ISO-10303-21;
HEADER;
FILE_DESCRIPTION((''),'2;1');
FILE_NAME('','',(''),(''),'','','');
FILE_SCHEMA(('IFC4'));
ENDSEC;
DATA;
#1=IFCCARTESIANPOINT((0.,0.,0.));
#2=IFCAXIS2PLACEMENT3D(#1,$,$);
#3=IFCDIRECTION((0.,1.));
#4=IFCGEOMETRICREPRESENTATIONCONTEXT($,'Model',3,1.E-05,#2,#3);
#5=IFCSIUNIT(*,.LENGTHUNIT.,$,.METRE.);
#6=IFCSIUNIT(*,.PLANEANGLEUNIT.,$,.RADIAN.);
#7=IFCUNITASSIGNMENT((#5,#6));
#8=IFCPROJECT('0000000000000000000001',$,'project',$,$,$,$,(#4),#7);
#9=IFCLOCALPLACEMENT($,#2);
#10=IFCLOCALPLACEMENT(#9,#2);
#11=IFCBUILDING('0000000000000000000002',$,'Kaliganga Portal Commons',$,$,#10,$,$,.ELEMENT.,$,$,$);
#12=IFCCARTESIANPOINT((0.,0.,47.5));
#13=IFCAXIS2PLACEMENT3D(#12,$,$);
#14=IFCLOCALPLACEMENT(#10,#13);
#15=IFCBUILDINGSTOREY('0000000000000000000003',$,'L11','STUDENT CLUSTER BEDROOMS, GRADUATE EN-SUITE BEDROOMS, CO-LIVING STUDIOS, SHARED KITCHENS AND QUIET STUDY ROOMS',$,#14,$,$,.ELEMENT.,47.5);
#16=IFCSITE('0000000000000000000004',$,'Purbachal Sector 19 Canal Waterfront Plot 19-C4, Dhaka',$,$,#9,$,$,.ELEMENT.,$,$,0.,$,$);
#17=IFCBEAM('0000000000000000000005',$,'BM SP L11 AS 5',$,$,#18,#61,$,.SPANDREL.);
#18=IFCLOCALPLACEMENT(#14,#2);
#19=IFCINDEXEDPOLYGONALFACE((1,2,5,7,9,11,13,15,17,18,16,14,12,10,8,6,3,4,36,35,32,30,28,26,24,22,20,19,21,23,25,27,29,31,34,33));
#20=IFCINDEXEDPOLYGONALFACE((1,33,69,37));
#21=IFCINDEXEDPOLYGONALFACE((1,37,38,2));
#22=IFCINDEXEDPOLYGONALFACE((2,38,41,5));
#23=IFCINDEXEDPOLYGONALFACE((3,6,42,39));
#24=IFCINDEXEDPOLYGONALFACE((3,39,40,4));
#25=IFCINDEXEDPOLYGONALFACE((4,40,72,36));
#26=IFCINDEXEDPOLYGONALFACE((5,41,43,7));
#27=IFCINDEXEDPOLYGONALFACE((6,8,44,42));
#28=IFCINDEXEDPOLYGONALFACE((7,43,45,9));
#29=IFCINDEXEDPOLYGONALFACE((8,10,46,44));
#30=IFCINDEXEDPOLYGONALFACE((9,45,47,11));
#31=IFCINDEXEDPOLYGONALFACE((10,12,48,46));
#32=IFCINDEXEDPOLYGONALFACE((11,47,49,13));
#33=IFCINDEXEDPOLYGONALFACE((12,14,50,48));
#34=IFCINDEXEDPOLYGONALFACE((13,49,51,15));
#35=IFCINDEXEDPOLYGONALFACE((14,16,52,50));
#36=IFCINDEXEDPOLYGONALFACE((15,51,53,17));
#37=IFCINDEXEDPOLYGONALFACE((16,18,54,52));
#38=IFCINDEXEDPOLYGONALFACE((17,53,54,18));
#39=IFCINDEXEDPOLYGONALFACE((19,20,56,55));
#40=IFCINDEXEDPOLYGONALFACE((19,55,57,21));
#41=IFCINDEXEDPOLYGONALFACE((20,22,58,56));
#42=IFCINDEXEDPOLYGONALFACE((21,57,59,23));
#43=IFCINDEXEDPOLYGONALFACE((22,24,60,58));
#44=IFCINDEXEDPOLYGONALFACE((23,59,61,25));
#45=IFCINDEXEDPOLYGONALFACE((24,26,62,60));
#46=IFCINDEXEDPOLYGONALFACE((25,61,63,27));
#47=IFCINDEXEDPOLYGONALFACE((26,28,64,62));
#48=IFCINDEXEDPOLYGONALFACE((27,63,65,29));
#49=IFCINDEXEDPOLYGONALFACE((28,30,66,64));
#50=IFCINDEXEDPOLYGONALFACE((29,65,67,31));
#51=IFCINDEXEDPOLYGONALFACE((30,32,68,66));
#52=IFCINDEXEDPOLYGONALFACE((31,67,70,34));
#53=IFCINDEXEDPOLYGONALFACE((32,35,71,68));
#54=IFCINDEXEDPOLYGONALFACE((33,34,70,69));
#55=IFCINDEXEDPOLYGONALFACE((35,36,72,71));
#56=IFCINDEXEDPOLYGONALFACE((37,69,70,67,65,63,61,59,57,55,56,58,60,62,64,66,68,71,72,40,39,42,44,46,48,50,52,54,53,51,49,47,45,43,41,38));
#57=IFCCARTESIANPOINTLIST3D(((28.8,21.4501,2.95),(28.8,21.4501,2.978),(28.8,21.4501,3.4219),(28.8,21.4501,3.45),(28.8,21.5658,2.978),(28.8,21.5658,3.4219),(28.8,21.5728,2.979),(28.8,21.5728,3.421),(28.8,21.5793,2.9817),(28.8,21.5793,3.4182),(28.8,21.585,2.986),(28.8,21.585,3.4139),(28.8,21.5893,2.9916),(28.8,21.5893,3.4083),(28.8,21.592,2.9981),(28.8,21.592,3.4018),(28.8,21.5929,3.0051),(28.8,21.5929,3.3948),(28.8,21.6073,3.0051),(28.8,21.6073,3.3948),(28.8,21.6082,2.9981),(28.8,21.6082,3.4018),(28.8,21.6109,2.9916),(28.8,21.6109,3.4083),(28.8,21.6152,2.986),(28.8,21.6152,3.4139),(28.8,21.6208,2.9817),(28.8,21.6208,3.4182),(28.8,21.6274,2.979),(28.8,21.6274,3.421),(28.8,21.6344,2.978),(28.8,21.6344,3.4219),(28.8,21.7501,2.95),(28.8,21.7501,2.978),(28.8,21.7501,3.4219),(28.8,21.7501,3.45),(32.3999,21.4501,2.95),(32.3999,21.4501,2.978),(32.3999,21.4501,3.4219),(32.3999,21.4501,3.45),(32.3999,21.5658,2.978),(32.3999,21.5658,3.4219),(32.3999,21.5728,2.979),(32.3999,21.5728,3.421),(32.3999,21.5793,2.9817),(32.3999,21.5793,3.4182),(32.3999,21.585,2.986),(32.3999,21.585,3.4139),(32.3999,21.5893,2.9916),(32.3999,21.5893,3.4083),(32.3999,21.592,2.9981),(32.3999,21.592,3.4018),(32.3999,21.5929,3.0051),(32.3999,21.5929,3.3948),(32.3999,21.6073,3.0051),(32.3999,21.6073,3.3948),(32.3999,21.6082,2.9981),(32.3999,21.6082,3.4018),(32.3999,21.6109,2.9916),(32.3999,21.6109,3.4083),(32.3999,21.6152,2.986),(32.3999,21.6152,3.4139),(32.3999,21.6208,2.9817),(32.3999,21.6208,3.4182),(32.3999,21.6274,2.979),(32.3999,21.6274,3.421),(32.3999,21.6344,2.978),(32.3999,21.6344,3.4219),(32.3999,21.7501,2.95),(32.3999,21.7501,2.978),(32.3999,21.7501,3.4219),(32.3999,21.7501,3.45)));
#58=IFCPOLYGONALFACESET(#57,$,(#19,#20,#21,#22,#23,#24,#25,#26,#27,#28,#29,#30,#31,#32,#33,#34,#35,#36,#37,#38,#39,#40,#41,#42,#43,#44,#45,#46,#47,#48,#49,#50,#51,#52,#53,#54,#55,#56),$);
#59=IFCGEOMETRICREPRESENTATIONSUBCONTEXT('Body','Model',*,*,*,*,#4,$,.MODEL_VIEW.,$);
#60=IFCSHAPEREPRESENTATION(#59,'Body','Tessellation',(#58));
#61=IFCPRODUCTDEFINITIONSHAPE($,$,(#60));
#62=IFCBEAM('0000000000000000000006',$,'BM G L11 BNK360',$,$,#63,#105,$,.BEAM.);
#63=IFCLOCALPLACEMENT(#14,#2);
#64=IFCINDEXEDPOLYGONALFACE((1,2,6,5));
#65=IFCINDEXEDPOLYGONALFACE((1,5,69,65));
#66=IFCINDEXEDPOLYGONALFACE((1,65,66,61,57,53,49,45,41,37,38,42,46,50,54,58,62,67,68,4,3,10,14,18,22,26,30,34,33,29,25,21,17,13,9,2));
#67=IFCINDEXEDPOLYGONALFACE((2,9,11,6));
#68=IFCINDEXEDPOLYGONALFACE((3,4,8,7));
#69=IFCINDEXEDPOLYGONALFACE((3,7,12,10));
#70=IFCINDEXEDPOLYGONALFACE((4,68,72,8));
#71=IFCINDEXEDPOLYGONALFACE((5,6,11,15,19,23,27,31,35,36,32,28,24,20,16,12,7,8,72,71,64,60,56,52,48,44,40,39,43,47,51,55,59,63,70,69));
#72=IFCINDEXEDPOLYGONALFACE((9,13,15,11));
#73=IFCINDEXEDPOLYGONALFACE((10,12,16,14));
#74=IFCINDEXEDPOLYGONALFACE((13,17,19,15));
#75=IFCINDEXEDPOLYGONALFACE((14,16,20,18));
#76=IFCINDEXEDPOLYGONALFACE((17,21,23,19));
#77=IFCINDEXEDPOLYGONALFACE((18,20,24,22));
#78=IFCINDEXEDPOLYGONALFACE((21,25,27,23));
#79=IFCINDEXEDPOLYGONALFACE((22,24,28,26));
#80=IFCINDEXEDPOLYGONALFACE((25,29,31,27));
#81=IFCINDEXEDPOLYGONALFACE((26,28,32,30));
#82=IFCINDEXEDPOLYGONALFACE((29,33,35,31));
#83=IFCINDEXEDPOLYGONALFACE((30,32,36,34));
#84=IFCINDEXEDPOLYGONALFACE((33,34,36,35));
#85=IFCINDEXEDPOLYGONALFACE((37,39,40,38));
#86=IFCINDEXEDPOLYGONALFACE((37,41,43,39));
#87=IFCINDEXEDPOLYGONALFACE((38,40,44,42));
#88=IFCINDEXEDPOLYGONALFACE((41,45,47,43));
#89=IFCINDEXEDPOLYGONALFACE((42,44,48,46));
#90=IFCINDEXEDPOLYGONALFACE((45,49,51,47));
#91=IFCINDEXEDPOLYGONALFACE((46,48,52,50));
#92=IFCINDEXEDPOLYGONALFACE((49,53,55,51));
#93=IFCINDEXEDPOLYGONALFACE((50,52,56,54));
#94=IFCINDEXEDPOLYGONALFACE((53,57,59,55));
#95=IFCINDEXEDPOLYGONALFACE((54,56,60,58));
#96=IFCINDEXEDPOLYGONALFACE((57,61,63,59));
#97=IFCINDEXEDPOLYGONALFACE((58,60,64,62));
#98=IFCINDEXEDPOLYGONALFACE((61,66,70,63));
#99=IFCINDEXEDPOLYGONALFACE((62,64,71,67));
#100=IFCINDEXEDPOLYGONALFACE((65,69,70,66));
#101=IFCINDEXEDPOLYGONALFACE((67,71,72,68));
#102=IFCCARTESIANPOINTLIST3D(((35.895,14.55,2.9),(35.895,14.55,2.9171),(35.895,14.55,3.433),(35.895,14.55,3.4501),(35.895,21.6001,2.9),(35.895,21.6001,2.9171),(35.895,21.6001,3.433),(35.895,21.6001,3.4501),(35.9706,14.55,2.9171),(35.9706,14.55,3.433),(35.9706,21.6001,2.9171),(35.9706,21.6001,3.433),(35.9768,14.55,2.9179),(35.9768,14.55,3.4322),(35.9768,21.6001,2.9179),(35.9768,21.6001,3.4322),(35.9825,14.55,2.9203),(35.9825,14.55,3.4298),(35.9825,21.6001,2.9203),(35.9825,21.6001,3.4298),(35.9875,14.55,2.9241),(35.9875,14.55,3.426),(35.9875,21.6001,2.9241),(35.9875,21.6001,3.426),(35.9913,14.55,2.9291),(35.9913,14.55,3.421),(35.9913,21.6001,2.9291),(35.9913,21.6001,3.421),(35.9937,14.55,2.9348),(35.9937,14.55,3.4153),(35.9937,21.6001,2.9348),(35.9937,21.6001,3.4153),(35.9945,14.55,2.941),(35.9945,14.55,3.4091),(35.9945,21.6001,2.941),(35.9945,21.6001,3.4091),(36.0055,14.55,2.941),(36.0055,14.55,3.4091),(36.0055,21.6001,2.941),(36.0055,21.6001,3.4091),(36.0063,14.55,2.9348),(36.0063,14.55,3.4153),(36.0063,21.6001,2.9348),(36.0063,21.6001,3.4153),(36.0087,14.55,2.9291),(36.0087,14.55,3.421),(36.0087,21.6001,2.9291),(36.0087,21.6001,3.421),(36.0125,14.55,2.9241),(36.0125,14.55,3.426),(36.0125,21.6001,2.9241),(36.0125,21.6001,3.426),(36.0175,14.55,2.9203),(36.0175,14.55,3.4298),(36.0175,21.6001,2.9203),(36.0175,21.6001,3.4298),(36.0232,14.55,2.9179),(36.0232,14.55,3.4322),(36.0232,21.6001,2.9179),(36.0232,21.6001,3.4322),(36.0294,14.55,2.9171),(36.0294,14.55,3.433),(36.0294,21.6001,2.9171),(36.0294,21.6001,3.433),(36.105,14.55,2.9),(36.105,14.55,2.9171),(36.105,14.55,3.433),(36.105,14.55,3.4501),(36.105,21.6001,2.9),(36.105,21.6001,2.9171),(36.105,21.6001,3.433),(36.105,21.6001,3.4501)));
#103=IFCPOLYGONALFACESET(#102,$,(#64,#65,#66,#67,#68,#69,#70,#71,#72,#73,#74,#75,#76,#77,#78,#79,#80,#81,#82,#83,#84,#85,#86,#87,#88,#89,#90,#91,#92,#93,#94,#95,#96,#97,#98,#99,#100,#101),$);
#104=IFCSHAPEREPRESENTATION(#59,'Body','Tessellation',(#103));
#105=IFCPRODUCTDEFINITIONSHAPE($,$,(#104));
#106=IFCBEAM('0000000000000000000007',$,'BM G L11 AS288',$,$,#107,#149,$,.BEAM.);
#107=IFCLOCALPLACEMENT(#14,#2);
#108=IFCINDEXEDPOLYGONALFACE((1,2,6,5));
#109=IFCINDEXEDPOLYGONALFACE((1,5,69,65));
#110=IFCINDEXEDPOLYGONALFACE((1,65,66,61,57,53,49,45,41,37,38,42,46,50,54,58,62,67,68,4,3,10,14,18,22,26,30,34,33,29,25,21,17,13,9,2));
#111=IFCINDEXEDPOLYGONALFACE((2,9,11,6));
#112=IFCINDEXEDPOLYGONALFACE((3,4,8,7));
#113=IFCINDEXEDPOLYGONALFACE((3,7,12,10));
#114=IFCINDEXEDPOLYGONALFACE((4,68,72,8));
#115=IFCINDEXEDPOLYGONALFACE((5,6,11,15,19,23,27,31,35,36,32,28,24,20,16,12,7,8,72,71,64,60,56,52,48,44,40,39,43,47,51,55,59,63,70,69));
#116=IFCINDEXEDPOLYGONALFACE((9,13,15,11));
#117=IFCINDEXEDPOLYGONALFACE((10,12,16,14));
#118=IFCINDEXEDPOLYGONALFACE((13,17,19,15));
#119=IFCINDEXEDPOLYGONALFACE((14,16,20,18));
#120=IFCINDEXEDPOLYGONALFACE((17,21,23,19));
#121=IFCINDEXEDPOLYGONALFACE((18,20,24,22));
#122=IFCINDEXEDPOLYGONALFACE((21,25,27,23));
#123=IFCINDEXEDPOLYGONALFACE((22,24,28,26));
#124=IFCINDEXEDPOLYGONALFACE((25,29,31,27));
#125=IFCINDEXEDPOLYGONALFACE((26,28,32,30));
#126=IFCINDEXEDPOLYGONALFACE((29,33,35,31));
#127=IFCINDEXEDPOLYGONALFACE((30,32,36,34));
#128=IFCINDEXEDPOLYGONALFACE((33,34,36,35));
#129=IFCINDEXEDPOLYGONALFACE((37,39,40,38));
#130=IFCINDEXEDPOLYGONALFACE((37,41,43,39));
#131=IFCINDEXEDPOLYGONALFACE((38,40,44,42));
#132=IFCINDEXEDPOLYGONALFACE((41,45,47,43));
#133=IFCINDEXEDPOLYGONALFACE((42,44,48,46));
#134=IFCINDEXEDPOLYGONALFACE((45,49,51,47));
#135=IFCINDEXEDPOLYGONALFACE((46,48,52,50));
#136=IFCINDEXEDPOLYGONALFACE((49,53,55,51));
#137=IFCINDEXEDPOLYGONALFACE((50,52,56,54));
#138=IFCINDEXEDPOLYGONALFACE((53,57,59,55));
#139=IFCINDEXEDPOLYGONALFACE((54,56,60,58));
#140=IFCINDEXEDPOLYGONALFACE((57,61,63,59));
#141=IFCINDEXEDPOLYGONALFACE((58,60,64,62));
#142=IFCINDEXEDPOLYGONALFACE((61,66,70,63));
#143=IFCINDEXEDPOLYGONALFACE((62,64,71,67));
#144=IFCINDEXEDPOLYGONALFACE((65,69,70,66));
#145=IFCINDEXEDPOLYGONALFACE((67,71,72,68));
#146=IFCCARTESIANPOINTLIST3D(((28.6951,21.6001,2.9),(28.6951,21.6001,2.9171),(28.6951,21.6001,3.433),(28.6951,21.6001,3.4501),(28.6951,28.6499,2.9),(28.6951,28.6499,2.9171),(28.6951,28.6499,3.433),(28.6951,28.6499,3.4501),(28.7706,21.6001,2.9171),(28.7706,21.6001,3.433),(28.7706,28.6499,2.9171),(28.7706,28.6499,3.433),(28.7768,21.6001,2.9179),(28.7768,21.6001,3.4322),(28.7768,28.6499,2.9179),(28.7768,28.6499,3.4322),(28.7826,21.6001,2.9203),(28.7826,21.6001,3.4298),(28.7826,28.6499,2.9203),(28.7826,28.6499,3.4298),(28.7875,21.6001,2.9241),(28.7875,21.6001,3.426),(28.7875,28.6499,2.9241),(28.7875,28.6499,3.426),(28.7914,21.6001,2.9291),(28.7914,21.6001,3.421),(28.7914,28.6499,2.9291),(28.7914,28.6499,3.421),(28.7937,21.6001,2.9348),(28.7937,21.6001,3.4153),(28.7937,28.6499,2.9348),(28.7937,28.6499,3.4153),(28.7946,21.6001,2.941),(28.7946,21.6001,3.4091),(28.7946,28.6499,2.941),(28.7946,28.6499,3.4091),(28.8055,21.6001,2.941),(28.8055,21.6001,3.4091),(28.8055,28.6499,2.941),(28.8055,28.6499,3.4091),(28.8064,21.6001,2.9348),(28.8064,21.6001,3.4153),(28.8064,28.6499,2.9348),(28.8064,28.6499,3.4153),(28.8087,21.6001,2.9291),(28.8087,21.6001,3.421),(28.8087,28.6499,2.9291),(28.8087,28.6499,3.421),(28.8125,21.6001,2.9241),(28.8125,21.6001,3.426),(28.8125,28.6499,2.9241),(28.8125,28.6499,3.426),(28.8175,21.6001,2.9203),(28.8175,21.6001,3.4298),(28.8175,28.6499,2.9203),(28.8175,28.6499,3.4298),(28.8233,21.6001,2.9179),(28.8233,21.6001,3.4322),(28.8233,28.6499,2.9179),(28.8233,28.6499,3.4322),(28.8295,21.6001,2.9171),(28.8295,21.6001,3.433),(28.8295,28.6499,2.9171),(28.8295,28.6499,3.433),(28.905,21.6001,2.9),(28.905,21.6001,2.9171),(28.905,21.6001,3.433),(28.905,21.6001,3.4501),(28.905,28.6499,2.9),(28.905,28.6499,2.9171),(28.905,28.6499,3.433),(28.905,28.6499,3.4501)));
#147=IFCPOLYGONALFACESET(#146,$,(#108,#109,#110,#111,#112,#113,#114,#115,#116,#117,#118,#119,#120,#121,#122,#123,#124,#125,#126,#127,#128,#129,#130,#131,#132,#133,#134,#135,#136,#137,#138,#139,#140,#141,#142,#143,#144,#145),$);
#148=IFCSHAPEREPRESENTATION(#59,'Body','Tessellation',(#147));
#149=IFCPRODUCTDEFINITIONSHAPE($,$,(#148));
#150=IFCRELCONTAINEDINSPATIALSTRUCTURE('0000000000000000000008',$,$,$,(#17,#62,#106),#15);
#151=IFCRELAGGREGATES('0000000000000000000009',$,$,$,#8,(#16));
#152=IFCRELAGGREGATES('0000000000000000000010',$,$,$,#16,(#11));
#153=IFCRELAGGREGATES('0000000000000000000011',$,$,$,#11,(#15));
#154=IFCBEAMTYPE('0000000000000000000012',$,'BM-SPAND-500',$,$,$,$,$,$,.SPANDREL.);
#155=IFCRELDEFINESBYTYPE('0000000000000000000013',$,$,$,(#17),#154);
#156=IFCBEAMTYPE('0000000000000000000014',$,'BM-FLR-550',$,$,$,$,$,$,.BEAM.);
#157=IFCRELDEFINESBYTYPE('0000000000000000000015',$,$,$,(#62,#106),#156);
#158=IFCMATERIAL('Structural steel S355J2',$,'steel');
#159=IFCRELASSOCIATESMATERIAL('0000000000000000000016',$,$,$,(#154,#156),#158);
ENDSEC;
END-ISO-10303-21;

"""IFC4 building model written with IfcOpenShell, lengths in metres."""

from ifc_helpers import new_model, si_unit, direction, frame, origin, origin_2d, place, context, subcontext, project, spatial, i_section, extrude, source, transform, mapped, material, material_profile, profile_set, type_object, element, save


model = new_model("IFC4")

# Units and contexts
model_context = context("Model", 3, precision=1e-05, world=origin(), true_north=direction((0.0, 1.0)))
body_context = subcontext(model_context, "Body", "Model", "MODEL_VIEW")
ifc_project = project(units=[si_unit("LENGTHUNIT", "METRE"), si_unit("PLANEANGLEUNIT", "RADIAN")], contexts=[model_context])

# Site, building, storey
site_placement = place(None, origin())
site = spatial("IfcSite", under=ifc_project, at=site_placement, Name="Purbachal Sector 19 Canal Waterfront Plot 19-C4, Dhaka", CompositionType="ELEMENT", RefElevation=0.0)
building_placement = place(site_placement, origin())
building = spatial("IfcBuilding", under=site, at=building_placement, Name="Kaliganga Portal Commons", CompositionType="ELEMENT")
storey_placement = place(building_placement, frame((0.0, 0.0, 47.5)))
storey = spatial("IfcBuildingStorey", under=building, at=storey_placement, Name="L11", Description="STUDENT CLUSTER BEDROOMS, GRADUATE EN-SUITE BEDROOMS, CO-LIVING STUDIOS, SHARED KITCHENS AND QUIET STUDY ROOMS", CompositionType="ELEMENT", Elevation=47.5)

# Beams
ifc_material_1 = material(Name="Structural steel S355J2", Category="steel")
ifc_material_profile_1 = material_profile(ifc_material_1, i_section(OverallWidth=0.3, OverallDepth=0.5, WebThickness=0.0144, FlangeThickness=0.0281, FilletRadius=0.0271, at=origin_2d()), Name="HE 500 B")
ifc_profile_set_1 = profile_set([ifc_material_profile_1], Name="Structural steel S355J2 wide-flange")
beam_type_1 = type_object("IfcBeamType", Name="BM-SPAND-500", PredefinedType="SPANDREL", material=ifc_profile_set_1)
shared_shape_1 = source(origin(), body_context, "Body", "SweptSolid", [
    extrude(i_section(OverallWidth=0.3, OverallDepth=0.5, WebThickness=0.0144, FlangeThickness=0.0281, FilletRadius=0.0271, at=origin_2d()), origin(), (0.0, 0.0, 1.0), 3.5999),
])
beam_1_placement = place(storey_placement, frame((28.8, 21.6001, 3.2), z_axis=(1.0, 0.0, 0.0), x_axis=(0.0, 1.0, 0.0)))
element("IfcBeam", 1, at=beam_1_placement, inside=storey, type_object=beam_type_1, Name="BM SP L11 AS 5", PredefinedType="SPANDREL", context=body_context, shape_type="MappedRepresentation", body=[
    mapped(shared_shape_1, transform((0.0, 0.0, 0.0), x_axis=(1.0, 0.0, 0.0), y_axis=(0.0, 1.0, 0.0), z_axis=(0.0, 0.0, 1.0), scale=1.0)),
])
ifc_material_profile_2 = material_profile(ifc_material_1, i_section(OverallWidth=0.21, OverallDepth=0.55, WebThickness=0.011, FlangeThickness=0.0171, FilletRadius=0.0239, at=origin_2d()), Name="IPE 550")
ifc_profile_set_2 = profile_set([ifc_material_profile_2], Name="Structural steel S355J2 wide-flange")
beam_type_2 = type_object("IfcBeamType", Name="BM-FLR-550", PredefinedType="BEAM", material=ifc_profile_set_2)
shared_shape_2 = source(origin(), body_context, "Body", "SweptSolid", [
    extrude(i_section(OverallWidth=0.21, OverallDepth=0.55, WebThickness=0.011, FlangeThickness=0.0171, FilletRadius=0.0239, at=origin_2d()), origin(), (0.0, 0.0, 1.0), 7.05),
])
beam_2_placement = place(storey_placement, frame((36.0, 14.55, 3.175), z_axis=(0.0, 1.0, 0.0), x_axis=(-1.0, 0.0, 0.0)))
element("IfcBeam", 2, at=beam_2_placement, inside=storey, type_object=beam_type_2, Name="BM G L11 BNK360", PredefinedType="BEAM", context=body_context, shape_type="MappedRepresentation", body=[
    mapped(shared_shape_2, transform((0.0, 0.0, 0.0), x_axis=(1.0, 0.0, 0.0), y_axis=(0.0, 1.0, 0.0), z_axis=(0.0, 0.0, 1.0), scale=1.0)),
])
shared_shape_3 = source(origin(), body_context, "Body", "SweptSolid", [
    extrude(i_section(OverallWidth=0.21, OverallDepth=0.55, WebThickness=0.011, FlangeThickness=0.0171, FilletRadius=0.0239, at=origin_2d()), origin(), (0.0, 0.0, 1.0), 7.0498),
])
beam_3_placement = place(storey_placement, frame((28.8, 21.6001, 3.175), z_axis=(0.0, 1.0, 0.0), x_axis=(-1.0, 0.0, 0.0)))
element("IfcBeam", 3, at=beam_3_placement, inside=storey, type_object=beam_type_2, Name="BM G L11 AS288", PredefinedType="BEAM", context=body_context, shape_type="MappedRepresentation", body=[
    mapped(shared_shape_3, transform((0.0, 0.0, 0.0), x_axis=(1.0, 0.0, 0.0), y_axis=(0.0, 1.0, 0.0), z_axis=(0.0, 0.0, 1.0), scale=1.0)),
])

save(model, "model.ifc")
